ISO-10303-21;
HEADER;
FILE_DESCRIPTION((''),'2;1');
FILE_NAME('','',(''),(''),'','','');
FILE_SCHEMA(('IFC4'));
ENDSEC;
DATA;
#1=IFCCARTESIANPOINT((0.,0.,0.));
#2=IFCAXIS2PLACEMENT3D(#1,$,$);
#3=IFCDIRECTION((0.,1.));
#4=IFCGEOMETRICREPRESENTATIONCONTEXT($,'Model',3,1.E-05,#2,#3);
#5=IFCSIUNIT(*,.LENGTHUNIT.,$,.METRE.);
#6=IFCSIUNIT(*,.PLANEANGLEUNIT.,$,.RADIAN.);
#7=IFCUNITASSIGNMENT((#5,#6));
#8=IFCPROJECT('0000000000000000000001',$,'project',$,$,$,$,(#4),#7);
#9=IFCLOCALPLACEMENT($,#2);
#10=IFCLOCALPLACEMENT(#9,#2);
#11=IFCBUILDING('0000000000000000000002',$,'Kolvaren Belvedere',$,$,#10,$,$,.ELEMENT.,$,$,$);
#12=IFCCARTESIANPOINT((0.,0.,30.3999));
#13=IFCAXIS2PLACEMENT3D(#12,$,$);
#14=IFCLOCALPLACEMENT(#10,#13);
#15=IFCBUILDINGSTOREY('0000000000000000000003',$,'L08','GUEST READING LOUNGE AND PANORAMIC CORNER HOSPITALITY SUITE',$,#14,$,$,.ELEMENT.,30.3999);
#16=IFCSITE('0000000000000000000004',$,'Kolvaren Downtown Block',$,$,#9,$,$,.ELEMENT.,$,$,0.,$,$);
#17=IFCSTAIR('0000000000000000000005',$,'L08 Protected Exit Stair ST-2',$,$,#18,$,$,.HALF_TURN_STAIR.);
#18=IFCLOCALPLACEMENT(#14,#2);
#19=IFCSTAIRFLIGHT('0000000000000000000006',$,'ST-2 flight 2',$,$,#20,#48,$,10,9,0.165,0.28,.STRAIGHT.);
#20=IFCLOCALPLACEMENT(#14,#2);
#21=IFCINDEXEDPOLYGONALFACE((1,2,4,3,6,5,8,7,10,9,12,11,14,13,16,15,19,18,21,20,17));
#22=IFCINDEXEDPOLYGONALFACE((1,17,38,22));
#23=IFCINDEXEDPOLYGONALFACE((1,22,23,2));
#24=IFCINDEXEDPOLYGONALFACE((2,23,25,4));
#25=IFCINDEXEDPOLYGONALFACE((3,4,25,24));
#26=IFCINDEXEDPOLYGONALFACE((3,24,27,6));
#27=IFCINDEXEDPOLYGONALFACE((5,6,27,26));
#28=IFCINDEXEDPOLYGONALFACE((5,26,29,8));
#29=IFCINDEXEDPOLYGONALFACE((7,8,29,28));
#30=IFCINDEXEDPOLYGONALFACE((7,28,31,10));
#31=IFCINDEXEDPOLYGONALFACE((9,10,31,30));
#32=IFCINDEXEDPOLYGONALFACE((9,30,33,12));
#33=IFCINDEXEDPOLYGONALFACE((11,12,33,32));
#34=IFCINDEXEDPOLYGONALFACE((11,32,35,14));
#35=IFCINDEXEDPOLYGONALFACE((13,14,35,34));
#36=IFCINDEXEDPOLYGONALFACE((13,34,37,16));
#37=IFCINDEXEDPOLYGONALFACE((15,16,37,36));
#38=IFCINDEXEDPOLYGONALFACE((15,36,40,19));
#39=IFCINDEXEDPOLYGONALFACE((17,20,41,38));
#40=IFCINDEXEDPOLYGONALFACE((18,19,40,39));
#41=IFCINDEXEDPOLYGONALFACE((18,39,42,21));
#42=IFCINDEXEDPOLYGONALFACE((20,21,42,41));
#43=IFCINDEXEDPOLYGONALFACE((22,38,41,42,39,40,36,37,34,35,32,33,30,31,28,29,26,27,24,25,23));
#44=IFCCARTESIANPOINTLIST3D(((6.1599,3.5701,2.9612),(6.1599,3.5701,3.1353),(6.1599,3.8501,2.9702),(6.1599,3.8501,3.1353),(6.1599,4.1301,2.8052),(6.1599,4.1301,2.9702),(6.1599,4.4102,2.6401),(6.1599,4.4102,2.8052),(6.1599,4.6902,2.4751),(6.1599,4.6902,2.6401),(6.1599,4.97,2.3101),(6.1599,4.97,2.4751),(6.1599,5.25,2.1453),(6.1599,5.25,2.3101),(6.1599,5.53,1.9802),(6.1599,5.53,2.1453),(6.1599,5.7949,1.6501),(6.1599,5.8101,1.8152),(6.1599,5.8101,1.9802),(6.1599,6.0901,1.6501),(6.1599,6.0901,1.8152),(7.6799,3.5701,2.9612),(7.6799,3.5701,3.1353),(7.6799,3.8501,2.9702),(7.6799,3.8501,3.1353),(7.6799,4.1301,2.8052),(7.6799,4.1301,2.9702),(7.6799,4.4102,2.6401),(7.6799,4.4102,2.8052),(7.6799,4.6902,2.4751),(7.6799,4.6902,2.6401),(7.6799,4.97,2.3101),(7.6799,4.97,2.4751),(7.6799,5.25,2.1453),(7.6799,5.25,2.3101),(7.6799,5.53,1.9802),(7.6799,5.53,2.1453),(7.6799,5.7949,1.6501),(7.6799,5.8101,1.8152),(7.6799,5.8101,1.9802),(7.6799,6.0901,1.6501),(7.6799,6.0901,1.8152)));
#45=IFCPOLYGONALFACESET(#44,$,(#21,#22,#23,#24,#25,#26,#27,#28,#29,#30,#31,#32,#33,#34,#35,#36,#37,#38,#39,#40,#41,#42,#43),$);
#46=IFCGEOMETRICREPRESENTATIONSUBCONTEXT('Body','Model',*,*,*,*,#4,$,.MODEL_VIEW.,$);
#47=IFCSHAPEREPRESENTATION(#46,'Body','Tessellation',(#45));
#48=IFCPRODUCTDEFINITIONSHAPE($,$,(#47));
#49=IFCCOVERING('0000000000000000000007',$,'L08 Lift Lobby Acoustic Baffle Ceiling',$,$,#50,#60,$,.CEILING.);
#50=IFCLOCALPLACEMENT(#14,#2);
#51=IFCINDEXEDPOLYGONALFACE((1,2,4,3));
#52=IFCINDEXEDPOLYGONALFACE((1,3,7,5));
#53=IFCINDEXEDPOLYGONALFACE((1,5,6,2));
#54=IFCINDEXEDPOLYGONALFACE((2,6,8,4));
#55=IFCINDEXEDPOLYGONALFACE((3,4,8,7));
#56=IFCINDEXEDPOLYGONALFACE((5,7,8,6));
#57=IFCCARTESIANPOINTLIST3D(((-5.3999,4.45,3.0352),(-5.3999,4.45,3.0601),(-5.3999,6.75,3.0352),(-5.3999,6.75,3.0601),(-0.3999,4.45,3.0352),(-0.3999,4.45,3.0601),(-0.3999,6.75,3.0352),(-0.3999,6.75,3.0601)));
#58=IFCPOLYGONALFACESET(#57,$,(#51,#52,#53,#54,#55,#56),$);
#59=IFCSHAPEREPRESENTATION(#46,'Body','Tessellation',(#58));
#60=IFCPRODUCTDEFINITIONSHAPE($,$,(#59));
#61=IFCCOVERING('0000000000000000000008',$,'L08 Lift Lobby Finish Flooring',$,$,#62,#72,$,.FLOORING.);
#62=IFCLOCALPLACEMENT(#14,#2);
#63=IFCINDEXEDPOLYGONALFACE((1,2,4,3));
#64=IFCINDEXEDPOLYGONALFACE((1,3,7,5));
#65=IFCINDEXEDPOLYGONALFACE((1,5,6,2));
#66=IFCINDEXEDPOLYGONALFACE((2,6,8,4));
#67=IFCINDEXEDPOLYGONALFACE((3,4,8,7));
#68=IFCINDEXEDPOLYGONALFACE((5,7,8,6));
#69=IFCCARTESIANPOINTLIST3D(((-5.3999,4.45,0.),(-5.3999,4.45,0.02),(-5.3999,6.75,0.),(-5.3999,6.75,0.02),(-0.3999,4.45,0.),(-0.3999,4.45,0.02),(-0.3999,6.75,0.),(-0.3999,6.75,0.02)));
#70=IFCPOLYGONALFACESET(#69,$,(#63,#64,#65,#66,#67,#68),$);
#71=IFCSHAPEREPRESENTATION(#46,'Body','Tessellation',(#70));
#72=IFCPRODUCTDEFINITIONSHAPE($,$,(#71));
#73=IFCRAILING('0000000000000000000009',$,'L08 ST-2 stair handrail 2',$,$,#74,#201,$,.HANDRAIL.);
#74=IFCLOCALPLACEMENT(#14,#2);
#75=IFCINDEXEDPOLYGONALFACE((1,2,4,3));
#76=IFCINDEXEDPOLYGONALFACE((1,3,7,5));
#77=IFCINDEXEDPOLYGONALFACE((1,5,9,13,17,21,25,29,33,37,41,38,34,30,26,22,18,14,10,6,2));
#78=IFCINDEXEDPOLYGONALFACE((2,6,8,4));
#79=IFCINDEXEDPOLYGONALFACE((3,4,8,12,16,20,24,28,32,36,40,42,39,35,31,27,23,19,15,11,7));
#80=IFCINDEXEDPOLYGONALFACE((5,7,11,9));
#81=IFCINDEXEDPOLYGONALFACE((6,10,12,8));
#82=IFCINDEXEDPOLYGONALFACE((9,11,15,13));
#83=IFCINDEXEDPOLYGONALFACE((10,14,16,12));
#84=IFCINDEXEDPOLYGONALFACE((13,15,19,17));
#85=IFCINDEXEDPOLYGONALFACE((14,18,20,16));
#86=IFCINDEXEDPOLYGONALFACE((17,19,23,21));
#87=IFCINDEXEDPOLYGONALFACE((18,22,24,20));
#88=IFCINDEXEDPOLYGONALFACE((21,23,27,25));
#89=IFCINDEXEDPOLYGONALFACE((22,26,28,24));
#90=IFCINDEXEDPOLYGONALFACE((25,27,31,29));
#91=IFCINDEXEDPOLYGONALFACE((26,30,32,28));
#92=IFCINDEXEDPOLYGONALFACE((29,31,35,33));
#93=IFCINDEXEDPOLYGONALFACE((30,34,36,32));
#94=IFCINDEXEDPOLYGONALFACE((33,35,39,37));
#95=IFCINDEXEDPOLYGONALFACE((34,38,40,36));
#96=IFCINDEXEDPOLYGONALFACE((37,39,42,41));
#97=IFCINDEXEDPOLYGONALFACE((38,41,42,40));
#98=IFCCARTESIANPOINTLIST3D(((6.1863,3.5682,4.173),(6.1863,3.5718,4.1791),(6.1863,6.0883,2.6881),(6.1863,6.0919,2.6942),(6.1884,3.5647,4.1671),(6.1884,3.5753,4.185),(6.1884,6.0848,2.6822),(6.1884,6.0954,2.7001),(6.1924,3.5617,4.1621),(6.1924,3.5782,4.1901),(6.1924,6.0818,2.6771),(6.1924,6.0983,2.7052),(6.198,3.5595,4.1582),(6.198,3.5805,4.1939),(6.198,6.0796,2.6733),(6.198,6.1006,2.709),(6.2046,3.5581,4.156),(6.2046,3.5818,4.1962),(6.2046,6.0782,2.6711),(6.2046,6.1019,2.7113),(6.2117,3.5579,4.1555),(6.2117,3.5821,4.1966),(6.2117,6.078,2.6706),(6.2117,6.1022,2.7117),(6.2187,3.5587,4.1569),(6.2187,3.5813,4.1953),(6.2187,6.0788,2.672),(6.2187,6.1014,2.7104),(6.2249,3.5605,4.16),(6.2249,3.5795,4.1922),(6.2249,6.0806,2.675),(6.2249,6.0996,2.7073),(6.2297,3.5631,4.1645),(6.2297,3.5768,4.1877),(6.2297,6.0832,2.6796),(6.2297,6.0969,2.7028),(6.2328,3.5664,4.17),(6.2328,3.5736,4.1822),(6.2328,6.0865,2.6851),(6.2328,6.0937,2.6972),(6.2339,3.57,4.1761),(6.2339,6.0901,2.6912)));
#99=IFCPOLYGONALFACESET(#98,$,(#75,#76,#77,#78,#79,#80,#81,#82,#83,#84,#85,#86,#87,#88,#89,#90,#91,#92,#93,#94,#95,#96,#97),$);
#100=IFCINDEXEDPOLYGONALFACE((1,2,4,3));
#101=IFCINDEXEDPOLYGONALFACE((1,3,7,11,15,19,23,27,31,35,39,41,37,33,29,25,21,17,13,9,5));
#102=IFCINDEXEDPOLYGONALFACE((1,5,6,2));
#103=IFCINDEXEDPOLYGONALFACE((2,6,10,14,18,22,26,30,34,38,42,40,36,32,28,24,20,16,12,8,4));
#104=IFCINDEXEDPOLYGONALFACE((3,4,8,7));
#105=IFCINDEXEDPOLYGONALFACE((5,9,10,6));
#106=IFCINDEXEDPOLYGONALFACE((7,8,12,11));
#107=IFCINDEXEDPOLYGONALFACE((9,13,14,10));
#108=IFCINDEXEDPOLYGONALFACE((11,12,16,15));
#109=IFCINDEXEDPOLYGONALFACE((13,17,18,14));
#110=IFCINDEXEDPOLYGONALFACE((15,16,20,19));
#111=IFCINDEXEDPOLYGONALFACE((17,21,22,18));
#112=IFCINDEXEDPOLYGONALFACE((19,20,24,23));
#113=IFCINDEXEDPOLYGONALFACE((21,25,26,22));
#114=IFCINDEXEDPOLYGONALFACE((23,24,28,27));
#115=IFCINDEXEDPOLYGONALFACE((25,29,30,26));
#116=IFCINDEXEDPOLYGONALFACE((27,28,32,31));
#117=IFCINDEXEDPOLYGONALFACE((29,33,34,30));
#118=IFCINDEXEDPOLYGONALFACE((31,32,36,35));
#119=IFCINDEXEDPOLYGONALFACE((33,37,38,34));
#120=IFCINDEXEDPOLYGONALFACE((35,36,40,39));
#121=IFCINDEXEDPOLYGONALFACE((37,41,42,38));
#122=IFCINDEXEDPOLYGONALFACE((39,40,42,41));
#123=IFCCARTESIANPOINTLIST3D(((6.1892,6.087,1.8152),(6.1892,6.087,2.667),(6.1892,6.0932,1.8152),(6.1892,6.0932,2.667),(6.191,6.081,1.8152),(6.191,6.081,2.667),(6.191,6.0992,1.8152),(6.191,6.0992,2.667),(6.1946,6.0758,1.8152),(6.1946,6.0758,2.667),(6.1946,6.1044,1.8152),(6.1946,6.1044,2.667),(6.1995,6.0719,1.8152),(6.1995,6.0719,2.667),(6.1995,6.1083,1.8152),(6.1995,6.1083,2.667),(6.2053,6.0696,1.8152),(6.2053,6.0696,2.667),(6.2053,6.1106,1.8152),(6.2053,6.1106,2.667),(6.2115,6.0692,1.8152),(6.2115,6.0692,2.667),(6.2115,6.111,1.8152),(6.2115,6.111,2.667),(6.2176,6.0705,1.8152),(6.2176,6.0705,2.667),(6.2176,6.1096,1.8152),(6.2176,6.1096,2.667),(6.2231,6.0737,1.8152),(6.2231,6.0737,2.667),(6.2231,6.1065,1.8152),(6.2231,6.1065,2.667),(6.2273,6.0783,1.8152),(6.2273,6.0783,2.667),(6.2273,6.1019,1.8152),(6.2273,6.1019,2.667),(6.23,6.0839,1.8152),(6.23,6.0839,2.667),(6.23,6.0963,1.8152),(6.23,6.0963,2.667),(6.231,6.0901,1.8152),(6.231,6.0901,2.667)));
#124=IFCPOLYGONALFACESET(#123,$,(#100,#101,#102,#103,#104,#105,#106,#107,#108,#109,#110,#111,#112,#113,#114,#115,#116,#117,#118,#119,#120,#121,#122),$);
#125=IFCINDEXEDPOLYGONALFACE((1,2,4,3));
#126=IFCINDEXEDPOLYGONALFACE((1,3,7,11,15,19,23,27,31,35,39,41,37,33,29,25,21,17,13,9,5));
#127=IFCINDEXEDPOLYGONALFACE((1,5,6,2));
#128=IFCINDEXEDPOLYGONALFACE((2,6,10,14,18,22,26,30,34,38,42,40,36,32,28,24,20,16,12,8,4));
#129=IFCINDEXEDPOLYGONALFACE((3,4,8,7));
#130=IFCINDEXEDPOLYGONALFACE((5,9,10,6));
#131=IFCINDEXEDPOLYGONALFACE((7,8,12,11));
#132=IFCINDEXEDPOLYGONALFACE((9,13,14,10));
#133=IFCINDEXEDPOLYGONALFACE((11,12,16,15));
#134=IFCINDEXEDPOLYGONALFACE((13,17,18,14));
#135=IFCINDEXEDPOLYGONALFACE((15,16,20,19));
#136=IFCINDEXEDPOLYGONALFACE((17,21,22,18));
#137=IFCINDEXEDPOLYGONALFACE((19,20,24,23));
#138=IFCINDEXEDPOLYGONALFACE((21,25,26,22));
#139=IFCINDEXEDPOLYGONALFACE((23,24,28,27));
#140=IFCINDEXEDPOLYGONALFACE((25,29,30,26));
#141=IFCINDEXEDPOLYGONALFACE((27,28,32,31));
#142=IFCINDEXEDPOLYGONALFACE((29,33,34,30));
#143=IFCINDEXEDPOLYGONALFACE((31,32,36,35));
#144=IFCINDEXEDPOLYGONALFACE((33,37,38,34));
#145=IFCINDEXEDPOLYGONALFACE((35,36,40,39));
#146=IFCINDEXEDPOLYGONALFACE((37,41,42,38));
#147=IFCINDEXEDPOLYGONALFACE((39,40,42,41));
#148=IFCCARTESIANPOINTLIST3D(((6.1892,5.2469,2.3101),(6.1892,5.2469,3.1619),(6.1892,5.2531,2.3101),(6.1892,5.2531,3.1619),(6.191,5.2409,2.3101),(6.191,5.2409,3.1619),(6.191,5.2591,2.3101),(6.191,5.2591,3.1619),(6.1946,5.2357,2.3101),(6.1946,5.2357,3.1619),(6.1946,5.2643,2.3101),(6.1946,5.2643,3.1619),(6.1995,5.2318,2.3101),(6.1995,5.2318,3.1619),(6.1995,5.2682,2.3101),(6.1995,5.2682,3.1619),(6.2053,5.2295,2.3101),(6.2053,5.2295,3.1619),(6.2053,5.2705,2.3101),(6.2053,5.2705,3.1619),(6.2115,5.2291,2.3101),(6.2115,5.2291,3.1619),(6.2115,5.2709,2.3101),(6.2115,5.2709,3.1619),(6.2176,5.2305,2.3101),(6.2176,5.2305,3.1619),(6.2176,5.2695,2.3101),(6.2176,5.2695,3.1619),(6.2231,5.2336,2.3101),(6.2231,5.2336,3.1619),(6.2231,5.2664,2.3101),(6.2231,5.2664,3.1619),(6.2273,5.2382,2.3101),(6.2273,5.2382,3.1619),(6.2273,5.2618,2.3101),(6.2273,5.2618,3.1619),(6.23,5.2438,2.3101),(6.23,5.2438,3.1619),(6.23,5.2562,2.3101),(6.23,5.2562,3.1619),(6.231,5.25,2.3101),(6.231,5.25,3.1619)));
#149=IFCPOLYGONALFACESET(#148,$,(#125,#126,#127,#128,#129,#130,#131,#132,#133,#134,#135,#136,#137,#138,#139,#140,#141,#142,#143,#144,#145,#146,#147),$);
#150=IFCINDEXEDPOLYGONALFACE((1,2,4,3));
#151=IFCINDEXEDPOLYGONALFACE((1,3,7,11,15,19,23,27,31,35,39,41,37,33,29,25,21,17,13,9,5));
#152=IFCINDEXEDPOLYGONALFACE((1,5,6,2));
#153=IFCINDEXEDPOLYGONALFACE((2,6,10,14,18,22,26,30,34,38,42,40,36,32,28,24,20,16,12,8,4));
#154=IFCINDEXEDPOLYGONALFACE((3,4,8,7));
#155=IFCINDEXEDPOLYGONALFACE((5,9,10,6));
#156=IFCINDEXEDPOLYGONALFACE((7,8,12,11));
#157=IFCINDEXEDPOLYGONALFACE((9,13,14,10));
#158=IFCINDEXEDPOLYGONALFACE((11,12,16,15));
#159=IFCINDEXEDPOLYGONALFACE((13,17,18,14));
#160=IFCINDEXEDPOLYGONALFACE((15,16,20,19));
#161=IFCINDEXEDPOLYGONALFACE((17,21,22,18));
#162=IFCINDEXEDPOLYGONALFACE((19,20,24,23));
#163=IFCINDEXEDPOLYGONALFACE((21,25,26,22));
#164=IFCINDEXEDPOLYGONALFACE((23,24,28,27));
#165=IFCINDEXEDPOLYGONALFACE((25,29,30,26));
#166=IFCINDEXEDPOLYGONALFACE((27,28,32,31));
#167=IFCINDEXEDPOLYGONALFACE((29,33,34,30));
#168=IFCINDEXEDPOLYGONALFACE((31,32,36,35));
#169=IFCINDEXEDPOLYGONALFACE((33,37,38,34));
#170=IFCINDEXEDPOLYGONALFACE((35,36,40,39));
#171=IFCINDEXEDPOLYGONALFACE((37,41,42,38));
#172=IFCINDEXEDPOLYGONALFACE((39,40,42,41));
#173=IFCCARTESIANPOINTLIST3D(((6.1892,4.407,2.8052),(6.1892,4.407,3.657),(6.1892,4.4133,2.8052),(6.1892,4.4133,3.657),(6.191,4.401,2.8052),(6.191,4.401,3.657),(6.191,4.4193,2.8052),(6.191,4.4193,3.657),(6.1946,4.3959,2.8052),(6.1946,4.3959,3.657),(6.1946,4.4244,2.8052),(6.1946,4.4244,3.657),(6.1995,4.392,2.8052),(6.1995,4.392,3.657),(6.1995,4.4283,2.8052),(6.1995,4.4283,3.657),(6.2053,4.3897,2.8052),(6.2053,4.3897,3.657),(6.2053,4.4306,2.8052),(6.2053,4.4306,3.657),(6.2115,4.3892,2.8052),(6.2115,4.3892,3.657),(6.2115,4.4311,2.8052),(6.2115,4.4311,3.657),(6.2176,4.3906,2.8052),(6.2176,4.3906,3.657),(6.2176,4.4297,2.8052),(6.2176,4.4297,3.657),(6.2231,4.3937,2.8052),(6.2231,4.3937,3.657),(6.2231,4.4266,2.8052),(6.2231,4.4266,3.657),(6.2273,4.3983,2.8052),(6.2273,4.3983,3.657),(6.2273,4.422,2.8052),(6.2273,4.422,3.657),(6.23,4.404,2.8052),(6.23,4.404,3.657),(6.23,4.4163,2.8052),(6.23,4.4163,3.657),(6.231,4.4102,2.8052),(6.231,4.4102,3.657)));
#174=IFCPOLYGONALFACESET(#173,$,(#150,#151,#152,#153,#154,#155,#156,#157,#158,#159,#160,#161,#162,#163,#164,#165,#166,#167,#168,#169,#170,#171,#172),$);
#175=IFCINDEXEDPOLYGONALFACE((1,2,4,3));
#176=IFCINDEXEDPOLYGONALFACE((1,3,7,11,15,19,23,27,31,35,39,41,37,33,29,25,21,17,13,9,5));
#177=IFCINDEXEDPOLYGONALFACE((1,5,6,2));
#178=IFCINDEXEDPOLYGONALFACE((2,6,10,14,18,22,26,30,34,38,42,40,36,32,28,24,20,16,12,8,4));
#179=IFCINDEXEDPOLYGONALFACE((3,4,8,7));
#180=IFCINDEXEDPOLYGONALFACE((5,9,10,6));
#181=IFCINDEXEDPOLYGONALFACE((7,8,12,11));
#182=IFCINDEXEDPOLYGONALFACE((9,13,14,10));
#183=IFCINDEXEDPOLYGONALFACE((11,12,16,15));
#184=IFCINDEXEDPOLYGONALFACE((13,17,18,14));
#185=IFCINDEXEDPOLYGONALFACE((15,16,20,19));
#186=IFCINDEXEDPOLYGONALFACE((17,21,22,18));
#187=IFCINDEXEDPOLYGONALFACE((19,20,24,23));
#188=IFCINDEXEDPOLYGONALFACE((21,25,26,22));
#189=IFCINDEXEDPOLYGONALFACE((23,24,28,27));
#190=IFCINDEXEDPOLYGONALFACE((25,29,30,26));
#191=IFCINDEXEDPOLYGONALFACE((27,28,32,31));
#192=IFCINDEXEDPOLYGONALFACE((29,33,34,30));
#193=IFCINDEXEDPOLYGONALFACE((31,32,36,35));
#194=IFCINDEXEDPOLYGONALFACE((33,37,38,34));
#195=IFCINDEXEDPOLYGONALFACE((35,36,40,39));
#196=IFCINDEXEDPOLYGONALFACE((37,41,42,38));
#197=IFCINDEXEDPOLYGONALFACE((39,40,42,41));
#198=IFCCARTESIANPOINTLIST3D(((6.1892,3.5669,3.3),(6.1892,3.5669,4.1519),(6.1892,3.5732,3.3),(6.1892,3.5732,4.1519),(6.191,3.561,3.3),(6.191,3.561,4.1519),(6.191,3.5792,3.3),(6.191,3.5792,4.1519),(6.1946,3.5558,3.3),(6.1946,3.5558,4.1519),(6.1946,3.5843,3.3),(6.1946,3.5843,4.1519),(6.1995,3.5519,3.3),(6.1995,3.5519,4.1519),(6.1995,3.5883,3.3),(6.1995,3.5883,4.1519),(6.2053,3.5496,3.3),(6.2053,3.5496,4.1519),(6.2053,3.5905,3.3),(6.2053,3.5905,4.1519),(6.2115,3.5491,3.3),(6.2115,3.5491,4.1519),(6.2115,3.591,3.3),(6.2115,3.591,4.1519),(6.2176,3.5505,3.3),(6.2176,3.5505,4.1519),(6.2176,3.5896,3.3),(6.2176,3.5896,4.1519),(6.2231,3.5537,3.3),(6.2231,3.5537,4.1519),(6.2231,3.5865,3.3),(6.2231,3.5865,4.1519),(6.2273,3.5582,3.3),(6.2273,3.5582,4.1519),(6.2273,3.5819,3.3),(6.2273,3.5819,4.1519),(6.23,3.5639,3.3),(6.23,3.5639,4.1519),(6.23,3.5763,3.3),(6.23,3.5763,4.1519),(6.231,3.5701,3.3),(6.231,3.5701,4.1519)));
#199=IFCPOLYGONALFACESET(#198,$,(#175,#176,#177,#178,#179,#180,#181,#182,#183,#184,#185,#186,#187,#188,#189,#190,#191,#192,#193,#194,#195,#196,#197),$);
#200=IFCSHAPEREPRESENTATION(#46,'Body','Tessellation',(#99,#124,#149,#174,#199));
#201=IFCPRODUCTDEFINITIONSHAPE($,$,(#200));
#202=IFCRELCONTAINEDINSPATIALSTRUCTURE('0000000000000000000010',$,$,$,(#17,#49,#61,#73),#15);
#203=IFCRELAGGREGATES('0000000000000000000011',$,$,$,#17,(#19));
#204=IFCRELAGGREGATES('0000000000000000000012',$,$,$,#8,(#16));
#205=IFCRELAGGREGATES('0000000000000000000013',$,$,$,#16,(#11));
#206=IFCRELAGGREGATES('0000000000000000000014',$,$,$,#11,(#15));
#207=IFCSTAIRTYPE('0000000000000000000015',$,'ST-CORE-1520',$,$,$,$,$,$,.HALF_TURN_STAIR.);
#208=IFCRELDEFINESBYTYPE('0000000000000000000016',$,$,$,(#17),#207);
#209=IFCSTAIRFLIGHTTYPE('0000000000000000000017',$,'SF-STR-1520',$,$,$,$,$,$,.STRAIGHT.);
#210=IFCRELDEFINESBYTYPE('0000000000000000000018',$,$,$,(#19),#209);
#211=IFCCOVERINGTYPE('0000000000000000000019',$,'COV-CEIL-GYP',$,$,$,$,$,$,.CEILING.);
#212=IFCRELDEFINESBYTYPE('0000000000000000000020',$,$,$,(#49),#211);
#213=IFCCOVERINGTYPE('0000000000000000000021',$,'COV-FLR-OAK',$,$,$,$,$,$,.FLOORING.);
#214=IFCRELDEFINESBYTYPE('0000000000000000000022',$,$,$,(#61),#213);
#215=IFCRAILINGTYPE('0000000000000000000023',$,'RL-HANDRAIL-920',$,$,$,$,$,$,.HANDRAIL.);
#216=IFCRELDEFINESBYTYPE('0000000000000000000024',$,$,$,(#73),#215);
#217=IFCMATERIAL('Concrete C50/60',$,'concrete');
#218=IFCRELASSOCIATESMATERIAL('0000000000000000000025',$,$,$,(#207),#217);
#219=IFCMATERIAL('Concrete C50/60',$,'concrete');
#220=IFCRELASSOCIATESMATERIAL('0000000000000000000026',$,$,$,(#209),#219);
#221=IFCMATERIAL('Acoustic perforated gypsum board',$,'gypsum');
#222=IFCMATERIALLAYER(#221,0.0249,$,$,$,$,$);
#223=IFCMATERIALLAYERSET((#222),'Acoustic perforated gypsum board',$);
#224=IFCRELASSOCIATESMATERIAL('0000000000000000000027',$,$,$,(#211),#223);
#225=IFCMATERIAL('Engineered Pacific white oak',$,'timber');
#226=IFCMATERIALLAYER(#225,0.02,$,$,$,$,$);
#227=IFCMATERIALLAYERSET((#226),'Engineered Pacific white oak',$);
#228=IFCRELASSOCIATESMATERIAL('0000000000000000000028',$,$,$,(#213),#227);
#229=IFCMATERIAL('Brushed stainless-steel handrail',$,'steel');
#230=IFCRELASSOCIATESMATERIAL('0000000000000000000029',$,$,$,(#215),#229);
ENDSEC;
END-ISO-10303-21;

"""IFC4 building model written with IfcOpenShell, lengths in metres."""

from ifc_helpers import new_model, si_unit, direction, frame, origin, origin_2d, place, context, subcontext, project, spatial, polyline, circle, outline, extrude, material, layer, layer_set, type_object, element, aggregate, save


model = new_model("IFC4")

# Units and contexts
model_context = context("Model", 3, precision=1e-05, world=origin(), true_north=direction((0.0, 1.0)))
body_context = subcontext(model_context, "Body", "Model", "MODEL_VIEW")
ifc_project = project(units=[si_unit("LENGTHUNIT", "METRE"), si_unit("PLANEANGLEUNIT", "RADIAN")], contexts=[model_context])

# Site, building, storey
site_placement = place(None, origin())
site = spatial("IfcSite", under=ifc_project, at=site_placement, Name="Kolvaren Downtown Block", CompositionType="ELEMENT", RefElevation=0.0)
building_placement = place(site_placement, origin())
building = spatial("IfcBuilding", under=site, at=building_placement, Name="Kolvaren Belvedere", CompositionType="ELEMENT")
storey_placement = place(building_placement, frame((0.0, 0.0, 30.3999)))
storey = spatial("IfcBuildingStorey", under=building, at=storey_placement, Name="L08", Description="GUEST READING LOUNGE AND PANORAMIC CORNER HOSPITALITY SUITE", CompositionType="ELEMENT", Elevation=30.3999)

# Stair, stair flight
ifc_material_1 = material(Name="Concrete C50/60", Category="concrete")
stair_type = type_object("IfcStairType", Name="ST-CORE-1520", PredefinedType="HALF_TURN_STAIR", material=ifc_material_1)
stair_placement = place(storey_placement, origin())
stair = element("IfcStair", 1, at=stair_placement, inside=storey, type_object=stair_type, Name="L08 Protected Exit Stair ST-2", PredefinedType="HALF_TURN_STAIR")
ifc_material_2 = material(Name="Concrete C50/60", Category="concrete")
stair_flight_type = type_object("IfcStairFlightType", Name="SF-STR-1520", PredefinedType="STRAIGHT", material=ifc_material_2)
stair_flight_placement = place(storey_placement, frame((6.9199, 6.0901, 1.6501), z_axis=(0.0, 0.0, 1.0), x_axis=(0.0, -1.0, 0.0)))
stair_flight = element("IfcStairFlight", 2, at=stair_flight_placement, type_object=stair_flight_type, Name="ST-2 flight 2", NumberOfRisers=10, NumberOfTreads=9, PredefinedType="STRAIGHT", RiserHeight=0.165, TreadLength=0.28, context=body_context, shape_type="SweptSolid", body=[
    extrude(outline(polyline([(0.0, 0.0), (0.0, 0.165), (0.28, 0.165), (0.28, 0.3301), (0.5601, 0.3301), (0.5601, 0.4951), (0.8401, 0.4951), (0.8401, 0.6599), (1.1201, 0.6599), (1.1201, 0.825), (1.3999, 0.825), (1.3999, 0.99), (1.6799, 0.99), (1.6799, 1.155), (1.96, 1.155), (1.96, 1.3201), (2.24, 1.3201), (2.24, 1.4851), (2.52, 1.4851), (2.52, 1.6499), (2.52, 1.311), (0.2952, 0.0), (0.0, 0.0)])), frame((0.0, 0.76, 0.0), z_axis=(0.0, -1.0, 0.0), x_axis=(1.0, 0.0, 0.0)), (0.0, 0.0, 1.0), 1.52),
])
aggregate(stair, [stair_flight])

# Coverings
ifc_material_3 = material(Name="Acoustic perforated gypsum board", Category="gypsum")
ifc_layer_1 = layer(ifc_material_3, 0.0249)
ifc_layer_set_1 = layer_set([ifc_layer_1], Name="Acoustic perforated gypsum board")
covering_type_1 = type_object("IfcCoveringType", Name="COV-CEIL-GYP", PredefinedType="CEILING", material=ifc_layer_set_1)
covering_1_placement = place(storey_placement, frame((0.0, 0.0, 3.0352)))
element("IfcCovering", 3, at=covering_1_placement, inside=storey, type_object=covering_type_1, Name="L08 Lift Lobby Acoustic Baffle Ceiling", PredefinedType="CEILING", context=body_context, shape_type="SweptSolid", body=[
    extrude(outline(polyline([(-5.3999, 4.45), (-0.3999, 4.45), (-0.3999, 6.75), (-5.3999, 6.75), (-5.3999, 4.45)])), origin(), (0.0, 0.0, 1.0), 0.0249),
])
ifc_material_4 = material(Name="Engineered Pacific white oak", Category="timber")
ifc_layer_2 = layer(ifc_material_4, 0.02)
ifc_layer_set_2 = layer_set([ifc_layer_2], Name="Engineered Pacific white oak")
covering_type_2 = type_object("IfcCoveringType", Name="COV-FLR-OAK", PredefinedType="FLOORING", material=ifc_layer_set_2)
covering_2_placement = place(storey_placement, origin())
element("IfcCovering", 4, at=covering_2_placement, inside=storey, type_object=covering_type_2, Name="L08 Lift Lobby Finish Flooring", PredefinedType="FLOORING", context=body_context, shape_type="SweptSolid", body=[
    extrude(outline(polyline([(-5.3999, 4.45), (-0.3999, 4.45), (-0.3999, 6.75), (-5.3999, 6.75), (-5.3999, 4.45)])), origin(), (0.0, 0.0, 1.0), 0.02),
])

# Railing
ifc_material_5 = material(Name="Brushed stainless-steel handrail", Category="steel")
railing_type_1 = type_object("IfcRailingType", Name="RL-HANDRAIL-920", PredefinedType="HANDRAIL", material=ifc_material_5)
railing_1_placement = place(storey_placement, frame((6.21, 6.0901, 1.8152)))
element("IfcRailing", 5, at=railing_1_placement, inside=storey, type_object=railing_type_1, Name="L08 ST-2 stair handrail 2", PredefinedType="HANDRAIL", context=body_context, shape_type="SweptSolid", body=[
    extrude(circle(Radius=0.0239, at=origin_2d()), frame((0.0, 0.0, 0.876), z_axis=(0.0, -0.861561, 0.507655), x_axis=(1.0, 0.0, 0.0)), (0.0, 0.0, 1.0), 2.925),
    extrude(circle(Radius=0.021, at=origin_2d()), origin(), (0.0, 0.0, 1.0), 0.8518),
    extrude(circle(Radius=0.021, at=origin_2d()), frame((0.0, -0.8401, 0.4949)), (0.0, 0.0, 1.0), 0.8518),
    extrude(circle(Radius=0.021, at=origin_2d()), frame((0.0, -1.6799, 0.99)), (0.0, 0.0, 1.0), 0.8518),
    extrude(circle(Radius=0.021, at=origin_2d()), frame((0.0, -2.52, 1.4849)), (0.0, 0.0, 1.0), 0.8518),
])

save(model, "model.ifc")
